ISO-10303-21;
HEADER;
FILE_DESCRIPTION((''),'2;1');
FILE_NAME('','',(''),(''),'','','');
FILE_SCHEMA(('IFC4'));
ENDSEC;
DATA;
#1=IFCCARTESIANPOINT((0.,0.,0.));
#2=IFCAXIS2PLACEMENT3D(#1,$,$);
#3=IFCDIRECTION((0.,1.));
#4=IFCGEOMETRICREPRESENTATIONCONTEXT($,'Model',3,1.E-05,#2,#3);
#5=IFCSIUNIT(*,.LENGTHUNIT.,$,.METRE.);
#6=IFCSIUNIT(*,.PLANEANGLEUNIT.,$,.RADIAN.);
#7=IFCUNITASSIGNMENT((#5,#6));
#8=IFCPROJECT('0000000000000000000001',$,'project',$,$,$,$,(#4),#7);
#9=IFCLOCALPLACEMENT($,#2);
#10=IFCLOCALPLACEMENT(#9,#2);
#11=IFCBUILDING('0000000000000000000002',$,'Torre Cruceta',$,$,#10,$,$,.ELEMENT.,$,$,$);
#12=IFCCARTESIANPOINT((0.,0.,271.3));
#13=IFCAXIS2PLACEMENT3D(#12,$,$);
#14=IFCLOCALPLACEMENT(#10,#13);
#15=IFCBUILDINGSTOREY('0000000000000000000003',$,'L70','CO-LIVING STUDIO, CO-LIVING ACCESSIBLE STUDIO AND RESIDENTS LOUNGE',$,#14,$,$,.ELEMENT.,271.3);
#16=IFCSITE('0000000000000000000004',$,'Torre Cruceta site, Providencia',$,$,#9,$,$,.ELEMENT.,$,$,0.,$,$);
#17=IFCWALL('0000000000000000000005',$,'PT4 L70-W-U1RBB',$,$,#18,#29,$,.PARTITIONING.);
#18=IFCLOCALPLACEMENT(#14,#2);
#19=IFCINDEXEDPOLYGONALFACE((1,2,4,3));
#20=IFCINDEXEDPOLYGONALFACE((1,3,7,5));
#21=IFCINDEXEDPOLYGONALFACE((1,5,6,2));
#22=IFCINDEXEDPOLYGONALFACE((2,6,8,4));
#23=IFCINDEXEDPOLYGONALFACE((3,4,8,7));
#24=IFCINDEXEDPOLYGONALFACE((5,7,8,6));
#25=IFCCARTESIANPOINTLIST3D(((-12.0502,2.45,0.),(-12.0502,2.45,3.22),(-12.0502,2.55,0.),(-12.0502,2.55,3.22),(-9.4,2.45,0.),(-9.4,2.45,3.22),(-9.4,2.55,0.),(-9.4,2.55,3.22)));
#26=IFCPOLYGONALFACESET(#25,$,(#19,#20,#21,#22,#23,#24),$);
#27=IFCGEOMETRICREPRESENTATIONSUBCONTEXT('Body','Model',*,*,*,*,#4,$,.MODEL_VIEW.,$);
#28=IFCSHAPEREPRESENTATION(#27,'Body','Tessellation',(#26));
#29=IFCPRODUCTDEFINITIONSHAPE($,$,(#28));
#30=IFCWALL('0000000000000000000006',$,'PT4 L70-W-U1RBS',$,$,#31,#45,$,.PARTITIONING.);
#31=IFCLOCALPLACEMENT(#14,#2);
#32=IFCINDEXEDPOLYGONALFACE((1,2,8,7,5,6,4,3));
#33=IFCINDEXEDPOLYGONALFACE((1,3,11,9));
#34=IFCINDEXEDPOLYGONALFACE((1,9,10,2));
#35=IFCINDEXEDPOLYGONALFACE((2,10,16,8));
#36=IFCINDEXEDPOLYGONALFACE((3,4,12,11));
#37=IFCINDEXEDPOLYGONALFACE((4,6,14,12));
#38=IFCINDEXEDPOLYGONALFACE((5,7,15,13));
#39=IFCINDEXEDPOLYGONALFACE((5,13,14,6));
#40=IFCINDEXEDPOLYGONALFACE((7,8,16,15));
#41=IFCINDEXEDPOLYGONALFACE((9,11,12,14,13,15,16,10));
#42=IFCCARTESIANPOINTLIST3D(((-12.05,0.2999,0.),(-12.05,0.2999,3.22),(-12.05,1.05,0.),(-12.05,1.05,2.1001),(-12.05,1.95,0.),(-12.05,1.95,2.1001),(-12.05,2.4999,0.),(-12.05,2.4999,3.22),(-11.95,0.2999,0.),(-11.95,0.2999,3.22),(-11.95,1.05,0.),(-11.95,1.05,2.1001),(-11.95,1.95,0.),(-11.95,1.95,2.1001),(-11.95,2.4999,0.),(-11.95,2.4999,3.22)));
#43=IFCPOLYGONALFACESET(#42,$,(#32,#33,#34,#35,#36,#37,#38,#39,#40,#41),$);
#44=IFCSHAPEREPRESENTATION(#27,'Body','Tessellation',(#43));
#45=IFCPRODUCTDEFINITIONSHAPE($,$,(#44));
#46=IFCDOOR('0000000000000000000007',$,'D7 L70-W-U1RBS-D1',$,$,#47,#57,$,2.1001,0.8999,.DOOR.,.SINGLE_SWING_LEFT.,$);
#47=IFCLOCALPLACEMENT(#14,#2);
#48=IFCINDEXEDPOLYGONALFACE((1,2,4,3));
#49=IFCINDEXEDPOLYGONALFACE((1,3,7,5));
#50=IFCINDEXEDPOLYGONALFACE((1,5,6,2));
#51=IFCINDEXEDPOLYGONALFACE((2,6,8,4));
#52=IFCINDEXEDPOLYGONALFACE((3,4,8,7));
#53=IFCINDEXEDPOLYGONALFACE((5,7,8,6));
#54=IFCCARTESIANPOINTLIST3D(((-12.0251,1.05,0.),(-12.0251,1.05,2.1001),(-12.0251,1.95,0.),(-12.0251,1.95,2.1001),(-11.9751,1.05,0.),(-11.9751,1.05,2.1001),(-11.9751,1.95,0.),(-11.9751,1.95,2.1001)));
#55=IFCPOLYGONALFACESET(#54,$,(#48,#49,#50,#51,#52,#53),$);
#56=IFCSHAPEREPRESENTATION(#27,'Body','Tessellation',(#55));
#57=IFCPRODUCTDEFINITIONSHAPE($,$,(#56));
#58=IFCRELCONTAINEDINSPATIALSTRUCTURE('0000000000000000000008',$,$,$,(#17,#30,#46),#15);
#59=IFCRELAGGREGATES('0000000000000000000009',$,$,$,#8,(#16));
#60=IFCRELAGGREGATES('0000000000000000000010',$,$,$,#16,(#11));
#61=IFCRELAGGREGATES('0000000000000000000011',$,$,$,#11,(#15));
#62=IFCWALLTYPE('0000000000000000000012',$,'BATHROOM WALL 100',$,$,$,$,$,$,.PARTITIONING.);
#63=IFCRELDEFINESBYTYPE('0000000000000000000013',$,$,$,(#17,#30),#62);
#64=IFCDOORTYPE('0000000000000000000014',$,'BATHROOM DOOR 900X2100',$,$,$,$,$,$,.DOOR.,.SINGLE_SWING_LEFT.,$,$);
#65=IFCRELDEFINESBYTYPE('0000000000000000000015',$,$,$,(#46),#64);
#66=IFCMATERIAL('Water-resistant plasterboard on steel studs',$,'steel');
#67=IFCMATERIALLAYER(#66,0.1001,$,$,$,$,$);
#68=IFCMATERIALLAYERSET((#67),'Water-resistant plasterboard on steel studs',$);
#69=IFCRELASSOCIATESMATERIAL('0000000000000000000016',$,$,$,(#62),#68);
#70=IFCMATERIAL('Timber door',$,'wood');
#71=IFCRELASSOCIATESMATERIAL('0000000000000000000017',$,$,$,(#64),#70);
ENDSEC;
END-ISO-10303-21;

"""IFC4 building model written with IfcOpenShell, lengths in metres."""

from ifc_helpers import new_model, si_unit, direction, frame, frame_2d, origin, place, context, subcontext, project, spatial, rectangle, extrude, material, layer, layer_set, type_object, element, fill, save


model = new_model("IFC4")

# Units and contexts
model_context = context("Model", 3, precision=1e-05, world=origin(), true_north=direction((0.0, 1.0)))
body_context = subcontext(model_context, "Body", "Model", "MODEL_VIEW")
ifc_project = project(units=[si_unit("LENGTHUNIT", "METRE"), si_unit("PLANEANGLEUNIT", "RADIAN")], contexts=[model_context])

# Site, building, storey
site_placement = place(None, origin())
site = spatial("IfcSite", under=ifc_project, at=site_placement, Name="Torre Cruceta site, Providencia", CompositionType="ELEMENT", RefElevation=0.0)
building_placement = place(site_placement, origin())
building = spatial("IfcBuilding", under=site, at=building_placement, Name="Torre Cruceta", CompositionType="ELEMENT")
storey_placement = place(building_placement, frame((0.0, 0.0, 271.3)))
storey = spatial("IfcBuildingStorey", under=building, at=storey_placement, Name="L70", Description="CO-LIVING STUDIO, CO-LIVING ACCESSIBLE STUDIO AND RESIDENTS LOUNGE", CompositionType="ELEMENT", Elevation=271.3)

# Wall
ifc_material_1 = material(Name="Water-resistant plasterboard on steel studs", Category="steel")
ifc_layer_1 = layer(ifc_material_1, 0.1001)
ifc_layer_set_1 = layer_set([ifc_layer_1], Name="Water-resistant plasterboard on steel studs")
wall_type_1 = type_object("IfcWallType", Name="BATHROOM WALL 100", PredefinedType="PARTITIONING", material=ifc_layer_set_1)
wall_1_placement = place(storey_placement, frame((-9.3999, 2.5, 0.0), z_axis=(0.0, 0.0, 1.0), x_axis=(-1.0, 0.0, 0.0)))
element("IfcWall", 1, at=wall_1_placement, inside=storey, type_object=wall_type_1, Name="PT4 L70-W-U1RBB", PredefinedType="PARTITIONING", context=body_context, shape_type="SweptSolid", body=[
    extrude(rectangle(XDim=2.6501, YDim=0.1001, at=frame_2d((1.3252, 0.0))), origin(), (0.0, 0.0, 1.0), 3.22),
])

# Wall, opening, door
wall_2_placement = place(storey_placement, frame((-12.0, 2.5, 0.0), z_axis=(0.0, 0.0, 1.0), x_axis=(0.0, -1.0, 0.0)))
wall_2 = element("IfcWall", 2, at=wall_2_placement, inside=storey, type_object=wall_type_1, Name="PT4 L70-W-U1RBS", PredefinedType="PARTITIONING", context=body_context, shape_type="SweptSolid", body=[
    extrude(rectangle(XDim=2.2, YDim=0.1001, at=frame_2d((1.1001, 0.0))), origin(), (0.0, 0.0, 1.0), 3.22),
])
opening_1_placement = place(wall_2_placement, frame((0.55, 0.0, 0.0)))
opening_1 = element("IfcOpeningElement", 3, at=opening_1_placement, cuts=wall_2, PredefinedType="OPENING", context=body_context, shape_type="SweptSolid", body=[
    extrude(rectangle(XDim=0.8999, YDim=2.1001, at=frame_2d((0.45, 1.05))), frame((0.0, 0.0601, 0.0), z_axis=(0.0, -1.0, 0.0), x_axis=(1.0, 0.0, 0.0)), (0.0, 0.0, 1.0), 0.1201),
])
ifc_material_2 = material(Name="Timber door", Category="wood")
door_type_1 = type_object("IfcDoorType", Name="BATHROOM DOOR 900X2100", OperationType="SINGLE_SWING_LEFT", PredefinedType="DOOR", material=ifc_material_2)
door_1_placement = place(opening_1_placement, origin())
door_1 = element("IfcDoor", 4, at=door_1_placement, inside=storey, type_object=door_type_1, Name="D7 L70-W-U1RBS-D1", OperationType="SINGLE_SWING_LEFT", OverallHeight=2.1001, OverallWidth=0.8999, PredefinedType="DOOR", context=body_context, shape_type="SweptSolid", body=[
    extrude(rectangle(XDim=0.8999, YDim=2.1001, at=frame_2d((0.45, 1.05))), frame((0.0, 0.0249, 0.0), z_axis=(0.0, -1.0, 0.0), x_axis=(1.0, 0.0, 0.0)), (0.0, 0.0, 1.0), 0.05),
])
fill(opening_1, door_1)

save(model, "model.ifc")
